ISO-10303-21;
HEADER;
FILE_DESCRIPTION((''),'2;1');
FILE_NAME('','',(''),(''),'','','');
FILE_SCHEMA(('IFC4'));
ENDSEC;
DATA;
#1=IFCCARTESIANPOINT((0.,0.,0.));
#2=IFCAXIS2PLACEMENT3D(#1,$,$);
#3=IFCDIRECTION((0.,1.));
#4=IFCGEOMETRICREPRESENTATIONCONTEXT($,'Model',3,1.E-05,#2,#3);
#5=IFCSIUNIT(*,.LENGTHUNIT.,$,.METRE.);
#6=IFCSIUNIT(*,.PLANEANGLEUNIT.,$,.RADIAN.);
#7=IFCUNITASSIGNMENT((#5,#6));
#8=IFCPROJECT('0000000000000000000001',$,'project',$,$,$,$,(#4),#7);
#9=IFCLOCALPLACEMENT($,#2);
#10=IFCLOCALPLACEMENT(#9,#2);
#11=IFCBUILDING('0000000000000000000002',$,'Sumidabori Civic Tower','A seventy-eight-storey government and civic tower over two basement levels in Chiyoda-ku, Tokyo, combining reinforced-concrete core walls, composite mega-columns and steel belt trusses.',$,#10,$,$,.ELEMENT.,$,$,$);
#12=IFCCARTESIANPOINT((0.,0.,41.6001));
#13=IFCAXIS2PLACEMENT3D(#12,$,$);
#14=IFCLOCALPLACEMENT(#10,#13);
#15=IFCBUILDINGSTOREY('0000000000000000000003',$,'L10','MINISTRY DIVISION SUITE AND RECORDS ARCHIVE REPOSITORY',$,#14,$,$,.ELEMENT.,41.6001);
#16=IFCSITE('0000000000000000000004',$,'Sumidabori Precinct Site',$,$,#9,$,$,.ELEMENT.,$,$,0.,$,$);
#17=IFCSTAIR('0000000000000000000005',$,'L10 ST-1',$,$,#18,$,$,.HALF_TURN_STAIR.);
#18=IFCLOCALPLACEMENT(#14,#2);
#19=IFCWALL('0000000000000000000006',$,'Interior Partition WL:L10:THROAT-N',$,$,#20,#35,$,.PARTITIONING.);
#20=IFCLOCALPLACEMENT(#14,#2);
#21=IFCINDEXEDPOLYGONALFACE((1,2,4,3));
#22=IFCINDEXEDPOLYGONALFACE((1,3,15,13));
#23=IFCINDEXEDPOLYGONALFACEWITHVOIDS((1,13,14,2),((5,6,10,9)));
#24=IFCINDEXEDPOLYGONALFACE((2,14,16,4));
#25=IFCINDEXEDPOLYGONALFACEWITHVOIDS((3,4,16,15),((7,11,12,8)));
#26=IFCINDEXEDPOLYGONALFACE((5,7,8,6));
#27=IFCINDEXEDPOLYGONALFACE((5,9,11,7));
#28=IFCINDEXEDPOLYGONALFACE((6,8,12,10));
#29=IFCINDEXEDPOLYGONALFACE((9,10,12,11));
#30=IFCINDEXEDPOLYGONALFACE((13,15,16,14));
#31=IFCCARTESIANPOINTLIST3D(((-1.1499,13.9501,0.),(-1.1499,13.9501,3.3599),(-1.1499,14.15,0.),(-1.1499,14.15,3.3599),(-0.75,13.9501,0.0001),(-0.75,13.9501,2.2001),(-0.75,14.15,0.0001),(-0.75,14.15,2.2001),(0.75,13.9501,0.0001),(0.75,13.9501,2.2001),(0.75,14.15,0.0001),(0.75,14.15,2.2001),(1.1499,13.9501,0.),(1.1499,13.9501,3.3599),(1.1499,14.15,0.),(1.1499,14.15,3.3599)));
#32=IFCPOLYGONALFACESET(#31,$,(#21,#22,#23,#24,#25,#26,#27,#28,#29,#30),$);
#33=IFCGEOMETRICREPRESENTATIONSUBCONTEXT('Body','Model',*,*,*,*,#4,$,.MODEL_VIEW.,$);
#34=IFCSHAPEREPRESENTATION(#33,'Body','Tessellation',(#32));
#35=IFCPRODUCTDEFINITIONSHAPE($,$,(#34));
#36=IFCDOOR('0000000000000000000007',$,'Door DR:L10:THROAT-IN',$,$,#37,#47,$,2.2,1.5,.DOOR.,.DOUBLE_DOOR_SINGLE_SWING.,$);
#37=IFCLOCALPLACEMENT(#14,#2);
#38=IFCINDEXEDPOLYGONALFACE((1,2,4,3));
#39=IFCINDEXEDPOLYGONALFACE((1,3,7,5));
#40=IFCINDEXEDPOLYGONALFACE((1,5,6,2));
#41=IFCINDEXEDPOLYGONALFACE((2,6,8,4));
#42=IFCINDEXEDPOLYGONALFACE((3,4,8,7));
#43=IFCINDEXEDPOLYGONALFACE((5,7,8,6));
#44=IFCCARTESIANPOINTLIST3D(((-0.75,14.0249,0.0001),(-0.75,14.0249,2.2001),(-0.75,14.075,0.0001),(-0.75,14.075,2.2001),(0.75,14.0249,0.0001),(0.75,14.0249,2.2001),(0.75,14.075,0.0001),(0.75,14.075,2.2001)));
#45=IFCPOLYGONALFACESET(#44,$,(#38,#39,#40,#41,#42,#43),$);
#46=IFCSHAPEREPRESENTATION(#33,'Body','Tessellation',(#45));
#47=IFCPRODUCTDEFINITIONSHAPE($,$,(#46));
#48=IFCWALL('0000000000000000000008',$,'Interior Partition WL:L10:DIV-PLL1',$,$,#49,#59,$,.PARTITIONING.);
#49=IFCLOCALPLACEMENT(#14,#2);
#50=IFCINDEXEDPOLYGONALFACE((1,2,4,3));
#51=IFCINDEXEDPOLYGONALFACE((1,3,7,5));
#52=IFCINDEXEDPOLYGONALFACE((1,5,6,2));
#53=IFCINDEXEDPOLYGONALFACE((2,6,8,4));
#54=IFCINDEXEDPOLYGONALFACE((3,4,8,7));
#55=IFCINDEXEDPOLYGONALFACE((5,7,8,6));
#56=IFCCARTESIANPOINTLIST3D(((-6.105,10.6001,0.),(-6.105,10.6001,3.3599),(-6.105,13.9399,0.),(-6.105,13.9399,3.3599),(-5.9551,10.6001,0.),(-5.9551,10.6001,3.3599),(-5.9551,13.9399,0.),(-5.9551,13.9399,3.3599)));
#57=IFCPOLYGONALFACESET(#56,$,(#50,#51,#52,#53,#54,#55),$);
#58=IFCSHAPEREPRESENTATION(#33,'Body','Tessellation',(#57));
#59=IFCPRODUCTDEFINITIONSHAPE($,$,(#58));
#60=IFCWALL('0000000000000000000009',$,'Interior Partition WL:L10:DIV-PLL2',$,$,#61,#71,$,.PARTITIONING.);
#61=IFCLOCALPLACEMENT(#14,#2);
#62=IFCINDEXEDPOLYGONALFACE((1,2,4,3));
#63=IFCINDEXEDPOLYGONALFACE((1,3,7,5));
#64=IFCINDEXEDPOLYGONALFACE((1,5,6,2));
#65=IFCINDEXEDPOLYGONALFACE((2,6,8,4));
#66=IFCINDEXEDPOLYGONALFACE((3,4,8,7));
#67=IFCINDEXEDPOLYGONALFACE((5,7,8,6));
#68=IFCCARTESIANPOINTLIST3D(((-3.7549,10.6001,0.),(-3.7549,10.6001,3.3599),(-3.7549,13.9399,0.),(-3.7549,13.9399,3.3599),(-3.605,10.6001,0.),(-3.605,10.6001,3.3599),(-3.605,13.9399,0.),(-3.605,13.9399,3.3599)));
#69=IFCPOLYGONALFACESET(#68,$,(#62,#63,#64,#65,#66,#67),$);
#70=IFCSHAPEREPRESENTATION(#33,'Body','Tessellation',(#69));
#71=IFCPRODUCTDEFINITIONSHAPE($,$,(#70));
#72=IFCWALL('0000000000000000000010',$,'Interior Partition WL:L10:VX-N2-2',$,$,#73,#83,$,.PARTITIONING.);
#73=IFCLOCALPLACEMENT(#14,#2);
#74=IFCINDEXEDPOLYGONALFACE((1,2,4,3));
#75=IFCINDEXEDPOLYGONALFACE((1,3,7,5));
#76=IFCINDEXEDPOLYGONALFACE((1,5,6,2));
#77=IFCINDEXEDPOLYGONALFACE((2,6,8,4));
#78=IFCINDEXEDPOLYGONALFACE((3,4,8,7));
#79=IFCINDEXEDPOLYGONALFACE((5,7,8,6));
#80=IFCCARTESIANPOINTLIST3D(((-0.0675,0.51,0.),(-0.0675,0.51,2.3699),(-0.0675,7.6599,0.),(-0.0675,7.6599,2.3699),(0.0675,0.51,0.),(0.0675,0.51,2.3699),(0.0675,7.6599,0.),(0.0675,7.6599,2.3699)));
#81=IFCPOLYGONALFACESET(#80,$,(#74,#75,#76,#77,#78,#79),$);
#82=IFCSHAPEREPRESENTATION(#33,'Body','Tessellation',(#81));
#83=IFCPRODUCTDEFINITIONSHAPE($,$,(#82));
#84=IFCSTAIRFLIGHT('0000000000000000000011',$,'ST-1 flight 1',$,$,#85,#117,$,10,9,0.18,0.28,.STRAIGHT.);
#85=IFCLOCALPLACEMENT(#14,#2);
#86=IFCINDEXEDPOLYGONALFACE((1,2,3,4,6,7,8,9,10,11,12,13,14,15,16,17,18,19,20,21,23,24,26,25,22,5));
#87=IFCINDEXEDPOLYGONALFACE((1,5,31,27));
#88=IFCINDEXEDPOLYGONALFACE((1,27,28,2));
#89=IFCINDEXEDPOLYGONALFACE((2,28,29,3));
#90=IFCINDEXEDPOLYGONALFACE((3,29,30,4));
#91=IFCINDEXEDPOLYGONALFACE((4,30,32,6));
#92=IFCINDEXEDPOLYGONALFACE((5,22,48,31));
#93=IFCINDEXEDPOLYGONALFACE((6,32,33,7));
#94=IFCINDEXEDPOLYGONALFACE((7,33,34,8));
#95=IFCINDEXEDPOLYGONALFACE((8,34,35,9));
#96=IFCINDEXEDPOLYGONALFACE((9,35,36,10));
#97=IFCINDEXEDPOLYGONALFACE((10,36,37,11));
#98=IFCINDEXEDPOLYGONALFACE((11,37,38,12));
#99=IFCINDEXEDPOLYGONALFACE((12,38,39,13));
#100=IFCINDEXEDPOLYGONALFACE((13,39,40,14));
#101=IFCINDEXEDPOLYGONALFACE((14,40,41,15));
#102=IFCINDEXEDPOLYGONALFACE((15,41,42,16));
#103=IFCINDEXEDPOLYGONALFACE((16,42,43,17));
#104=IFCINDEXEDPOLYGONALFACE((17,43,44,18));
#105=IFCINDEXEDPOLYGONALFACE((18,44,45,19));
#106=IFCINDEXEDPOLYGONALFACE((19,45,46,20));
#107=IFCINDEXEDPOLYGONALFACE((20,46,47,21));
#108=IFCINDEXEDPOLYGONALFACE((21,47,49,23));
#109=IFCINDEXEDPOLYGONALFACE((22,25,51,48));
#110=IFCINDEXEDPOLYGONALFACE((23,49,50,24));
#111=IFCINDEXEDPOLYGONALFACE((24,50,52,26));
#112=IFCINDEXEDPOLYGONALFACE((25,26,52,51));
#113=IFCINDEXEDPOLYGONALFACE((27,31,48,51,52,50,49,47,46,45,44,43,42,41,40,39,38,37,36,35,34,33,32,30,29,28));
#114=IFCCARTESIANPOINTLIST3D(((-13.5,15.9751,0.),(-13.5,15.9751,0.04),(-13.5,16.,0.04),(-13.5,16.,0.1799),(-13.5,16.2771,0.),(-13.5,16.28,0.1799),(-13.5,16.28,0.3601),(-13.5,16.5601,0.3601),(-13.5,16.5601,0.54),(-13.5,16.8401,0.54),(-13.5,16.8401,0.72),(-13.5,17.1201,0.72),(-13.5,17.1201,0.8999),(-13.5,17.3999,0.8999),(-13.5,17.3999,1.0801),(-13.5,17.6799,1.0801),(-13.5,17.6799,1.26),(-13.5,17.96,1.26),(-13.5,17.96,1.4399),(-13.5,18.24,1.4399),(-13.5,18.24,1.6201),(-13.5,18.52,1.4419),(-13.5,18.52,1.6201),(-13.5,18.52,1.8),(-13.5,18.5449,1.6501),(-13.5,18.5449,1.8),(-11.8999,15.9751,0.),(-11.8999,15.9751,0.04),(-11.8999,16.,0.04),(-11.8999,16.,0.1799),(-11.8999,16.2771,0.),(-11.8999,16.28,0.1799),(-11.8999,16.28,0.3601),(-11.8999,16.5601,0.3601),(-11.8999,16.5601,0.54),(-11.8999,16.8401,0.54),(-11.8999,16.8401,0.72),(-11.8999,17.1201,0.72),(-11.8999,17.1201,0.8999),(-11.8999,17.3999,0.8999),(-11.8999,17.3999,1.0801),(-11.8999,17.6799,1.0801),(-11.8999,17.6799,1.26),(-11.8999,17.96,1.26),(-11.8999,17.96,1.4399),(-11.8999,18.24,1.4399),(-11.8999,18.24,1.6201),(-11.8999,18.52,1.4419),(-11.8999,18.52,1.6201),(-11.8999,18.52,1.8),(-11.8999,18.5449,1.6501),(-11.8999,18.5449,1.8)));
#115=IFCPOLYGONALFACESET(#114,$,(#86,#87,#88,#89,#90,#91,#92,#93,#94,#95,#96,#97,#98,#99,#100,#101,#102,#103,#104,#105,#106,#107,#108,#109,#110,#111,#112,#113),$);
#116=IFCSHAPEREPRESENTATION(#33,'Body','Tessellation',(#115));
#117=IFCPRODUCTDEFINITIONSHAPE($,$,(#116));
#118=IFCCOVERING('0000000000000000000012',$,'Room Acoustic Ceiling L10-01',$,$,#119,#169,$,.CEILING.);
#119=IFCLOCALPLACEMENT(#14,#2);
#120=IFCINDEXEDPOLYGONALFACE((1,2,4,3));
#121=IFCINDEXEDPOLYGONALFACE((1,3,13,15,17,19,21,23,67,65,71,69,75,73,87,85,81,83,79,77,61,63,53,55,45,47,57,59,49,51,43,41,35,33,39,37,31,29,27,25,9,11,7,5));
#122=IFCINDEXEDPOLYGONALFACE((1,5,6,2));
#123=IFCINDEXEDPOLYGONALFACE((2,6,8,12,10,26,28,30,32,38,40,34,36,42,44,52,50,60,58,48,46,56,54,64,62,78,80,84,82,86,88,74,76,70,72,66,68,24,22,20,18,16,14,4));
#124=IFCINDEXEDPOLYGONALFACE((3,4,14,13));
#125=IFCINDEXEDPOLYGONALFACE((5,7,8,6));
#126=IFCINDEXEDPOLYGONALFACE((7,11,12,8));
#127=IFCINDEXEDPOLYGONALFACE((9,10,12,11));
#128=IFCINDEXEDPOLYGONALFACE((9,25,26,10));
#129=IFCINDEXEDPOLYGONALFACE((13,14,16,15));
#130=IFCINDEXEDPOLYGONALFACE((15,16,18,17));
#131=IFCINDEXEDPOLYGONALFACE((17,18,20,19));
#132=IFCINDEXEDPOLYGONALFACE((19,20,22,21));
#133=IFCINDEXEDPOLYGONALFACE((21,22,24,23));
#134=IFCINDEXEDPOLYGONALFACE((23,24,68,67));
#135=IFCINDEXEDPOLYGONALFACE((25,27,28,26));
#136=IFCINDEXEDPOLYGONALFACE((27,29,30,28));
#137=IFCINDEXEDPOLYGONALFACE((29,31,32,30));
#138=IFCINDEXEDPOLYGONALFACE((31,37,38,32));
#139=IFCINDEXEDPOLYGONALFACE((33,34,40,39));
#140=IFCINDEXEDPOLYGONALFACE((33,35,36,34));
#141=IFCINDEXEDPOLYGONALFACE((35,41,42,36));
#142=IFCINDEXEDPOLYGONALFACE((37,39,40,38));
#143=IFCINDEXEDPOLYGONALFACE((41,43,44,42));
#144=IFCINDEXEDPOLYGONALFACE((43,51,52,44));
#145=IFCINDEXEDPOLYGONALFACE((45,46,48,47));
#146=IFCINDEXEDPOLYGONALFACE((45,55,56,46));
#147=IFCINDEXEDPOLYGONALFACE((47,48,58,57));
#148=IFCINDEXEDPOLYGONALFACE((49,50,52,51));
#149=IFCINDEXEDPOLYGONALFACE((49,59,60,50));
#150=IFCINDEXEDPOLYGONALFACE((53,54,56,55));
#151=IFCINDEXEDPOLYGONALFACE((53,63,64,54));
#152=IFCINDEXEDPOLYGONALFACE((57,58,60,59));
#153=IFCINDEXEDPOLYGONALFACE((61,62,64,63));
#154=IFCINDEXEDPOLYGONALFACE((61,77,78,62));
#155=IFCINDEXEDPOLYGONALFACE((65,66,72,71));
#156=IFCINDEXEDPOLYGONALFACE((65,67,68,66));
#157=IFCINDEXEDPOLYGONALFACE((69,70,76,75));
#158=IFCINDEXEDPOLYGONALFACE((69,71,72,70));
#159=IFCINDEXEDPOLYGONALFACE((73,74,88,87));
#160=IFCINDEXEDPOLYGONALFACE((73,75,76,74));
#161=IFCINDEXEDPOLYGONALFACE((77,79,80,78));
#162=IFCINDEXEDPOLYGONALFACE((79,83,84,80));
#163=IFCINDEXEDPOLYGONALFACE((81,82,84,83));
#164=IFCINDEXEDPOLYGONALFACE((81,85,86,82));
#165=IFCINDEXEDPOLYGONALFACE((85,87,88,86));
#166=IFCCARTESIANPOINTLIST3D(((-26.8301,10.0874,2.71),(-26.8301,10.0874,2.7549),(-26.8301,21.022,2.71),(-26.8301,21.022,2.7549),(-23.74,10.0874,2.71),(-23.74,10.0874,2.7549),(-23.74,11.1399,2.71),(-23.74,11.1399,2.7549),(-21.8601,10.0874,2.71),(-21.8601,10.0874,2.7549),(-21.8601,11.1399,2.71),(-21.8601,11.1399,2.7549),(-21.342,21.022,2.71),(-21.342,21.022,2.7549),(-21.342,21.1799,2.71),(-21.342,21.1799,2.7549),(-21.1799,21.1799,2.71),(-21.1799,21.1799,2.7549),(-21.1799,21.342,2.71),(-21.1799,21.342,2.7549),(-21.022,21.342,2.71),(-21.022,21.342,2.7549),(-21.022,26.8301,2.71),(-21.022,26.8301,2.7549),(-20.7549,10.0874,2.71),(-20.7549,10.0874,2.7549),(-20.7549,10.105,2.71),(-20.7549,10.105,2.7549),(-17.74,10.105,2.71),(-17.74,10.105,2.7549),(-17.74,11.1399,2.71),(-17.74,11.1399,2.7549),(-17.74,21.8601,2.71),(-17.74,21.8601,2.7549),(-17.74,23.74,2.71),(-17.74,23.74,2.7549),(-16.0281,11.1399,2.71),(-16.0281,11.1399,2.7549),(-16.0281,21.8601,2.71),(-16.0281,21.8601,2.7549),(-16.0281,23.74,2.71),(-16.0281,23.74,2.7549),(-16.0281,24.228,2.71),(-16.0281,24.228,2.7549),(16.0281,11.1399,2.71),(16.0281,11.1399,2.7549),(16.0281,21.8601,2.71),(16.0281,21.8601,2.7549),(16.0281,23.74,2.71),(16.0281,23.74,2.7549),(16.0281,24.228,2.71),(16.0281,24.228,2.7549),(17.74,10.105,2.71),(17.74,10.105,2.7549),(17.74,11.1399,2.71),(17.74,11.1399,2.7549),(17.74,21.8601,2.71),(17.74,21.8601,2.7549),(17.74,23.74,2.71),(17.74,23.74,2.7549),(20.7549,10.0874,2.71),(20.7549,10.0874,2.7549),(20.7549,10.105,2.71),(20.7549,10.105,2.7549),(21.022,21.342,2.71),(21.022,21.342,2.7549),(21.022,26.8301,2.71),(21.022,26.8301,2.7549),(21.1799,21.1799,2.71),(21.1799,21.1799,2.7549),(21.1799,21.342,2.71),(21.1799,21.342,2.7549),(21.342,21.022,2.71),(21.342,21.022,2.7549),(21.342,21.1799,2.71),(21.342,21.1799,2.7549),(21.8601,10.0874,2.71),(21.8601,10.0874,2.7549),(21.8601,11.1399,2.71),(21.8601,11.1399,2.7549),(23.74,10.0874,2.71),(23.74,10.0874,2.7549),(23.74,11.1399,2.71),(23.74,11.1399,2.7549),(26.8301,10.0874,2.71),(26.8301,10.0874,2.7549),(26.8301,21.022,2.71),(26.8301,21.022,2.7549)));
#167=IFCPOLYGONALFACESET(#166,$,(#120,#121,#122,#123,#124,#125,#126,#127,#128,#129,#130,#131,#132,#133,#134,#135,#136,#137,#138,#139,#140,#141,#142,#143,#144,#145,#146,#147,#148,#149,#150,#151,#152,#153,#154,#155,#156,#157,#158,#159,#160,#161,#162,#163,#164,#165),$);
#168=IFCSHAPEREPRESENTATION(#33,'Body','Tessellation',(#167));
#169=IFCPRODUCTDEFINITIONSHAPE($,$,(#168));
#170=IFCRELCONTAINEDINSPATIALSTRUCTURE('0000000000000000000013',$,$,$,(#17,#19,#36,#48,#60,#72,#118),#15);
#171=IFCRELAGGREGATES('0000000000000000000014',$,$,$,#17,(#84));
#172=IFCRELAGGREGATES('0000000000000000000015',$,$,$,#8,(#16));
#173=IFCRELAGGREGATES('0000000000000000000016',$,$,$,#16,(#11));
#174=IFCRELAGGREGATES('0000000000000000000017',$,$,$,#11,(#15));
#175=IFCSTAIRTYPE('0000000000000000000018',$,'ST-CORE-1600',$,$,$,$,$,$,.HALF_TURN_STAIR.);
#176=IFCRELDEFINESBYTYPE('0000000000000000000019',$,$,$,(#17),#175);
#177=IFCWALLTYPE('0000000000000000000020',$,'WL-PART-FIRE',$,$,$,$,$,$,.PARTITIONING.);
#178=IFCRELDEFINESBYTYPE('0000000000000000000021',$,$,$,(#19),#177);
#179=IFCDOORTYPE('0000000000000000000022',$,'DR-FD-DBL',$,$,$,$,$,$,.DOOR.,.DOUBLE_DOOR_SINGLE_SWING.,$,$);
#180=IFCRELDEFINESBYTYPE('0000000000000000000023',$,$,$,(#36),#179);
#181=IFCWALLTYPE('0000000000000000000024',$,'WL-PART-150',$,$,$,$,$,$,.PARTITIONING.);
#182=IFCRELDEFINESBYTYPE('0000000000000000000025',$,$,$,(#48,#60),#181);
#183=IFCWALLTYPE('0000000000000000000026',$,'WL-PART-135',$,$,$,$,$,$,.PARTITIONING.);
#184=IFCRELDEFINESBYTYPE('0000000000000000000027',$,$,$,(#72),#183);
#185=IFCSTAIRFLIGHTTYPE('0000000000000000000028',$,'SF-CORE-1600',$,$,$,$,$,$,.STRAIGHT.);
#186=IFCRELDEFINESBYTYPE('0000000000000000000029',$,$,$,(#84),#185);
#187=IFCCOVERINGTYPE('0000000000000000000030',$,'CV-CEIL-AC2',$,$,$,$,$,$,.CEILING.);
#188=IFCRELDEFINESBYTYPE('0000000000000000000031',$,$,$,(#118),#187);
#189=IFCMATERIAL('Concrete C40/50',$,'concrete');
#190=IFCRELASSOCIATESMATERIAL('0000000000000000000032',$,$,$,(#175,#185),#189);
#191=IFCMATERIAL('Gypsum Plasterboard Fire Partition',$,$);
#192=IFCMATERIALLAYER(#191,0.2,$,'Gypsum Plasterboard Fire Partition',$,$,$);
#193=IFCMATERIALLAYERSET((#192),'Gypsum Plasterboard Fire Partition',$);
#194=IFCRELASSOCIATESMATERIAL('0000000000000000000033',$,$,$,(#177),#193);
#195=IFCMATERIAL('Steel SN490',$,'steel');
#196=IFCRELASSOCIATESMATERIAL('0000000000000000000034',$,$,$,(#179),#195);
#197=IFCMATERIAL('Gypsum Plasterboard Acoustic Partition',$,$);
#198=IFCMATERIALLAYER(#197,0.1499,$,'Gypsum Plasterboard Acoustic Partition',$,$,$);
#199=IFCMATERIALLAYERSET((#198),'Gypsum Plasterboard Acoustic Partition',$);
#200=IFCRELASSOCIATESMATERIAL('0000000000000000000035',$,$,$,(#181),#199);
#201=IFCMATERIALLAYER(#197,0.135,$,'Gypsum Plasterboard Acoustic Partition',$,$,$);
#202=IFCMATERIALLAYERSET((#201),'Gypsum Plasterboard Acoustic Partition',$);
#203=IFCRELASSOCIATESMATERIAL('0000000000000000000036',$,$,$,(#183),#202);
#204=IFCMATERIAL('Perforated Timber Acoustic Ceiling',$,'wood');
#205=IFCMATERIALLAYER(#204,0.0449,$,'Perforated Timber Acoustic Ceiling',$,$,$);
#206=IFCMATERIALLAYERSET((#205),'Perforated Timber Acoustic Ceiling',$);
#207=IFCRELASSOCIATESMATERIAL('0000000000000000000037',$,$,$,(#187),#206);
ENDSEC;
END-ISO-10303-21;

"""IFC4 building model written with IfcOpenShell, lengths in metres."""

from ifc_helpers import new_model, si_unit, direction, frame, frame_2d, origin, place, context, subcontext, project, spatial, polyline, rectangle, outline, extrude, source, transform, mapped, material, layer, layer_set, type_object, element, fill, aggregate, save


model = new_model("IFC4")

# Units and contexts
model_context = context("Model", 3, precision=1e-05, world=origin(), true_north=direction((0.0, 1.0)))
body_context = subcontext(model_context, "Body", "Model", "MODEL_VIEW")
ifc_project = project(units=[si_unit("LENGTHUNIT", "METRE"), si_unit("PLANEANGLEUNIT", "RADIAN")], contexts=[model_context])

# Site, building, storey
site_placement = place(None, origin())
site = spatial("IfcSite", under=ifc_project, at=site_placement, Name="Sumidabori Precinct Site", CompositionType="ELEMENT", RefElevation=0.0)
building_placement = place(site_placement, origin())
building = spatial("IfcBuilding", under=site, at=building_placement, Name="Sumidabori Civic Tower", Description="A seventy-eight-storey government and civic tower over two basement levels in Chiyoda-ku, Tokyo, combining reinforced-concrete core walls, composite mega-columns and steel belt trusses.", CompositionType="ELEMENT")
storey_placement = place(building_placement, frame((0.0, 0.0, 41.6001)))
storey = spatial("IfcBuildingStorey", under=building, at=storey_placement, Name="L10", Description="MINISTRY DIVISION SUITE AND RECORDS ARCHIVE REPOSITORY", CompositionType="ELEMENT", Elevation=41.6001)

# Stair
ifc_material_1 = material(Name="Concrete C40/50", Category="concrete")
stair_type = type_object("IfcStairType", Name="ST-CORE-1600", PredefinedType="HALF_TURN_STAIR", material=ifc_material_1)
stair_1_placement = place(storey_placement, origin())
stair_1 = element("IfcStair", 1, at=stair_1_placement, inside=storey, type_object=stair_type, Name="L10 ST-1", PredefinedType="HALF_TURN_STAIR")

# Shared definitions
ifc_material_2 = material(Name="Steel SN490", Category="steel")

# Shared definitions
ifc_material_3 = material(Name="Gypsum Plasterboard Fire Partition")
ifc_layer_1 = layer(ifc_material_3, 0.2, Name="Gypsum Plasterboard Fire Partition")
ifc_layer_set_1 = layer_set([ifc_layer_1], Name="Gypsum Plasterboard Fire Partition")
wall_type_1 = type_object("IfcWallType", Name="WL-PART-FIRE", PredefinedType="PARTITIONING", material=ifc_layer_set_1)

# Wall, opening, door
shared_shape_1 = source(origin(), body_context, "Body", "SweptSolid", [
    extrude(rectangle(XDim=2.2998, YDim=0.2, at=frame_2d((1.1499, 0.0))), origin(), (0.0, 0.0, 1.0), 3.3599),
])
wall_1_placement = place(storey_placement, frame((-1.1499, 14.05, 0.0), z_axis=(0.0, 0.0, 1.0), x_axis=(1.0, 0.0, 0.0)))
wall_1 = element("IfcWall", 2, at=wall_1_placement, inside=storey, type_object=wall_type_1, Name="Interior Partition WL:L10:THROAT-N", PredefinedType="PARTITIONING", context=body_context, shape_type="MappedRepresentation", body=[
    mapped(shared_shape_1, transform((0.0, 0.0, 0.0), x_axis=(1.0, 0.0, 0.0), y_axis=(0.0, 1.0, 0.0), z_axis=(0.0, 0.0, 1.0), scale=1.0)),
])
opening_1_placement = place(wall_1_placement, frame((0.3999, 0.0, 0.0)))
opening_1 = element("IfcOpeningElement", 3, at=opening_1_placement, cuts=wall_1, PredefinedType="OPENING", context=body_context, shape_type="SweptSolid", body=[
    extrude(rectangle(XDim=1.5, YDim=2.2, at=frame_2d((0.75, 1.1001))), frame((0.0, 0.1118, 0.0), z_axis=(0.0, -1.0, 0.0), x_axis=(1.0, 0.0, 0.0)), (0.0, 0.0, 1.0), 0.2239),
])
door_type_1 = type_object("IfcDoorType", Name="DR-FD-DBL", OperationType="DOUBLE_DOOR_SINGLE_SWING", PredefinedType="DOOR", material=ifc_material_2)
shared_shape_2 = source(origin(), body_context, "Body", "SweptSolid", [
    extrude(rectangle(XDim=1.5, YDim=2.2, at=frame_2d((0.75, 1.1001))), frame((0.0, 0.0249, 0.0), z_axis=(0.0, -1.0, 0.0), x_axis=(1.0, 0.0, 0.0)), (0.0, 0.0, 1.0), 0.05),
])
door_1_placement = place(opening_1_placement, origin())
door_1 = element("IfcDoor", 4, at=door_1_placement, inside=storey, type_object=door_type_1, Name="Door DR:L10:THROAT-IN", OperationType="DOUBLE_DOOR_SINGLE_SWING", OverallHeight=2.2, OverallWidth=1.5, PredefinedType="DOOR", context=body_context, shape_type="MappedRepresentation", body=[
    mapped(shared_shape_2, transform((0.0, 0.0, 0.0), x_axis=(1.0, 0.0, 0.0), y_axis=(0.0, 1.0, 0.0), z_axis=(0.0, 0.0, 1.0), scale=1.0)),
])
fill(opening_1, door_1)

# Walls
ifc_material_4 = material(Name="Gypsum Plasterboard Acoustic Partition")
ifc_layer_2 = layer(ifc_material_4, 0.1499, Name="Gypsum Plasterboard Acoustic Partition")
ifc_layer_set_2 = layer_set([ifc_layer_2], Name="Gypsum Plasterboard Acoustic Partition")
wall_type_2 = type_object("IfcWallType", Name="WL-PART-150", PredefinedType="PARTITIONING", material=ifc_layer_set_2)
shared_shape_3 = source(origin(), body_context, "Body", "SweptSolid", [
    extrude(rectangle(XDim=3.3398, YDim=0.1499, at=frame_2d((1.6699, 0.0))), origin(), (0.0, 0.0, 1.0), 3.3599),
])
for number, where, z_axis, x_axis, name in (
    (5, (-6.03, 10.6001, 0.0), (0.0, 0.0, 1.0), (0.0, 1.0, 0.0), "Interior Partition WL:L10:DIV-PLL1"),
    (6, (-3.6799, 10.6001, 0.0), (0.0, 0.0, 1.0), (0.0, 1.0, 0.0), "Interior Partition WL:L10:DIV-PLL2"),
):
    element("IfcWall", number, at=place(storey_placement, frame(where, z_axis=z_axis, x_axis=x_axis)), inside=storey, type_object=wall_type_2, Name=name, PredefinedType="PARTITIONING", context=body_context, shape_type="MappedRepresentation", body=[
        mapped(shared_shape_3, transform((0.0, 0.0, 0.0), x_axis=(1.0, 0.0, 0.0), y_axis=(0.0, 1.0, 0.0), z_axis=(0.0, 0.0, 1.0), scale=1.0)),
    ])
ifc_layer_3 = layer(ifc_material_4, 0.135, Name="Gypsum Plasterboard Acoustic Partition")
ifc_layer_set_3 = layer_set([ifc_layer_3], Name="Gypsum Plasterboard Acoustic Partition")
wall_type_3 = type_object("IfcWallType", Name="WL-PART-135", PredefinedType="PARTITIONING", material=ifc_layer_set_3)
shared_shape_4 = source(origin(), body_context, "Body", "SweptSolid", [
    extrude(rectangle(XDim=7.1499, YDim=0.135, at=frame_2d((3.575, 0.0))), origin(), (0.0, 0.0, 1.0), 2.3699),
])
wall_2_placement = place(storey_placement, frame((0.0, 0.51, 0.0), z_axis=(0.0, 0.0, 1.0), x_axis=(0.0, 1.0, 0.0)))
element("IfcWall", 7, at=wall_2_placement, inside=storey, type_object=wall_type_3, Name="Interior Partition WL:L10:VX-N2-2", PredefinedType="PARTITIONING", context=body_context, shape_type="MappedRepresentation", body=[
    mapped(shared_shape_4, transform((0.0, 0.0, 0.0), x_axis=(1.0, 0.0, 0.0), y_axis=(0.0, 1.0, 0.0), z_axis=(0.0, 0.0, 1.0), scale=1.0)),
])

# Stair flight
stair_flight_type = type_object("IfcStairFlightType", Name="SF-CORE-1600", PredefinedType="STRAIGHT", material=ifc_material_1)
shared_shape_5 = source(origin(), body_context, "Body", "SweptSolid", [
    extrude(outline(polyline([(-0.0249, 0.0), (-0.0249, 0.04), (0.0, 0.04), (0.0, 0.1799), (0.28, 0.1799), (0.28, 0.3601), (0.5601, 0.3601), (0.5601, 0.54), (0.8401, 0.54), (0.8401, 0.72), (1.1201, 0.72), (1.1201, 0.8999), (1.3999, 0.8999), (1.3999, 1.0801), (1.6799, 1.0801), (1.6799, 1.26), (1.96, 1.26), (1.96, 1.4399), (2.24, 1.4399), (2.24, 1.6201), (2.52, 1.6201), (2.52, 1.8), (2.5449, 1.8), (2.5449, 1.6501), (2.52, 1.4419), (0.2771, 0.0), (-0.0249, 0.0)])), frame((0.0, 0.8, 0.0), z_axis=(0.0, -1.0, 0.0), x_axis=(1.0, 0.0, 0.0)), (0.0, 0.0, 1.0), 1.6001),
])
stair_flight_placement = place(storey_placement, frame((-12.7, 16.0, 0.0), z_axis=(0.0, 0.0, 1.0), x_axis=(0.0, 1.0, 0.0)))
stair_flight = element("IfcStairFlight", 8, at=stair_flight_placement, type_object=stair_flight_type, Name="ST-1 flight 1", NumberOfRisers=10, NumberOfTreads=9, PredefinedType="STRAIGHT", RiserHeight=0.18, TreadLength=0.28, context=body_context, shape_type="MappedRepresentation", body=[
    mapped(shared_shape_5, transform((0.0, 0.0, 0.0), x_axis=(1.0, 0.0, 0.0), y_axis=(0.0, 1.0, 0.0), z_axis=(0.0, 0.0, 1.0), scale=1.0)),
])
aggregate(stair_1, [stair_flight])

# Covering
ifc_material_5 = material(Name="Perforated Timber Acoustic Ceiling", Category="wood")
ifc_layer_4 = layer(ifc_material_5, 0.0449, Name="Perforated Timber Acoustic Ceiling")
ifc_layer_set_4 = layer_set([ifc_layer_4], Name="Perforated Timber Acoustic Ceiling")
covering_type_1 = type_object("IfcCoveringType", Name="CV-CEIL-AC2", PredefinedType="CEILING", material=ifc_layer_set_4)
covering_1_placement = place(storey_placement, frame((0.0, 0.0, 2.71)))
element("IfcCovering", 9, at=covering_1_placement, inside=storey, type_object=covering_type_1, Name="Room Acoustic Ceiling L10-01", PredefinedType="CEILING", context=body_context, shape_type="SweptSolid", body=[
    extrude(outline(polyline([(-21.342, 21.1799), (-21.1799, 21.1799), (-21.1799, 21.342), (-21.022, 21.342), (-21.022, 26.8301), (21.022, 26.8301), (21.022, 21.342), (21.1799, 21.342), (21.1799, 21.1799), (21.342, 21.1799), (21.342, 21.022), (26.8301, 21.022), (26.8301, 10.0874), (23.74, 10.0874), (23.74, 11.1399), (21.8601, 11.1399), (21.8601, 10.0874), (20.7549, 10.0874), (20.7549, 10.105), (17.74, 10.105), (17.74, 11.1399), (16.0281, 11.1399), (16.0281, 21.8601), (17.74, 21.8601), (17.74, 23.74), (16.0281, 23.74), (16.0281, 24.228), (-16.0281, 24.228), (-16.0281, 23.74), (-17.74, 23.74), (-17.74, 21.8601), (-16.0281, 21.8601), (-16.0281, 11.1399), (-17.74, 11.1399), (-17.74, 10.105), (-20.7549, 10.105), (-20.7549, 10.0874), (-21.8601, 10.0874), (-21.8601, 11.1399), (-23.74, 11.1399), (-23.74, 10.0874), (-26.8301, 10.0874), (-26.8301, 21.022), (-21.342, 21.022), (-21.342, 21.1799)])), origin(), (0.0, 0.0, 1.0), 0.0449),
])

save(model, "model.ifc")
